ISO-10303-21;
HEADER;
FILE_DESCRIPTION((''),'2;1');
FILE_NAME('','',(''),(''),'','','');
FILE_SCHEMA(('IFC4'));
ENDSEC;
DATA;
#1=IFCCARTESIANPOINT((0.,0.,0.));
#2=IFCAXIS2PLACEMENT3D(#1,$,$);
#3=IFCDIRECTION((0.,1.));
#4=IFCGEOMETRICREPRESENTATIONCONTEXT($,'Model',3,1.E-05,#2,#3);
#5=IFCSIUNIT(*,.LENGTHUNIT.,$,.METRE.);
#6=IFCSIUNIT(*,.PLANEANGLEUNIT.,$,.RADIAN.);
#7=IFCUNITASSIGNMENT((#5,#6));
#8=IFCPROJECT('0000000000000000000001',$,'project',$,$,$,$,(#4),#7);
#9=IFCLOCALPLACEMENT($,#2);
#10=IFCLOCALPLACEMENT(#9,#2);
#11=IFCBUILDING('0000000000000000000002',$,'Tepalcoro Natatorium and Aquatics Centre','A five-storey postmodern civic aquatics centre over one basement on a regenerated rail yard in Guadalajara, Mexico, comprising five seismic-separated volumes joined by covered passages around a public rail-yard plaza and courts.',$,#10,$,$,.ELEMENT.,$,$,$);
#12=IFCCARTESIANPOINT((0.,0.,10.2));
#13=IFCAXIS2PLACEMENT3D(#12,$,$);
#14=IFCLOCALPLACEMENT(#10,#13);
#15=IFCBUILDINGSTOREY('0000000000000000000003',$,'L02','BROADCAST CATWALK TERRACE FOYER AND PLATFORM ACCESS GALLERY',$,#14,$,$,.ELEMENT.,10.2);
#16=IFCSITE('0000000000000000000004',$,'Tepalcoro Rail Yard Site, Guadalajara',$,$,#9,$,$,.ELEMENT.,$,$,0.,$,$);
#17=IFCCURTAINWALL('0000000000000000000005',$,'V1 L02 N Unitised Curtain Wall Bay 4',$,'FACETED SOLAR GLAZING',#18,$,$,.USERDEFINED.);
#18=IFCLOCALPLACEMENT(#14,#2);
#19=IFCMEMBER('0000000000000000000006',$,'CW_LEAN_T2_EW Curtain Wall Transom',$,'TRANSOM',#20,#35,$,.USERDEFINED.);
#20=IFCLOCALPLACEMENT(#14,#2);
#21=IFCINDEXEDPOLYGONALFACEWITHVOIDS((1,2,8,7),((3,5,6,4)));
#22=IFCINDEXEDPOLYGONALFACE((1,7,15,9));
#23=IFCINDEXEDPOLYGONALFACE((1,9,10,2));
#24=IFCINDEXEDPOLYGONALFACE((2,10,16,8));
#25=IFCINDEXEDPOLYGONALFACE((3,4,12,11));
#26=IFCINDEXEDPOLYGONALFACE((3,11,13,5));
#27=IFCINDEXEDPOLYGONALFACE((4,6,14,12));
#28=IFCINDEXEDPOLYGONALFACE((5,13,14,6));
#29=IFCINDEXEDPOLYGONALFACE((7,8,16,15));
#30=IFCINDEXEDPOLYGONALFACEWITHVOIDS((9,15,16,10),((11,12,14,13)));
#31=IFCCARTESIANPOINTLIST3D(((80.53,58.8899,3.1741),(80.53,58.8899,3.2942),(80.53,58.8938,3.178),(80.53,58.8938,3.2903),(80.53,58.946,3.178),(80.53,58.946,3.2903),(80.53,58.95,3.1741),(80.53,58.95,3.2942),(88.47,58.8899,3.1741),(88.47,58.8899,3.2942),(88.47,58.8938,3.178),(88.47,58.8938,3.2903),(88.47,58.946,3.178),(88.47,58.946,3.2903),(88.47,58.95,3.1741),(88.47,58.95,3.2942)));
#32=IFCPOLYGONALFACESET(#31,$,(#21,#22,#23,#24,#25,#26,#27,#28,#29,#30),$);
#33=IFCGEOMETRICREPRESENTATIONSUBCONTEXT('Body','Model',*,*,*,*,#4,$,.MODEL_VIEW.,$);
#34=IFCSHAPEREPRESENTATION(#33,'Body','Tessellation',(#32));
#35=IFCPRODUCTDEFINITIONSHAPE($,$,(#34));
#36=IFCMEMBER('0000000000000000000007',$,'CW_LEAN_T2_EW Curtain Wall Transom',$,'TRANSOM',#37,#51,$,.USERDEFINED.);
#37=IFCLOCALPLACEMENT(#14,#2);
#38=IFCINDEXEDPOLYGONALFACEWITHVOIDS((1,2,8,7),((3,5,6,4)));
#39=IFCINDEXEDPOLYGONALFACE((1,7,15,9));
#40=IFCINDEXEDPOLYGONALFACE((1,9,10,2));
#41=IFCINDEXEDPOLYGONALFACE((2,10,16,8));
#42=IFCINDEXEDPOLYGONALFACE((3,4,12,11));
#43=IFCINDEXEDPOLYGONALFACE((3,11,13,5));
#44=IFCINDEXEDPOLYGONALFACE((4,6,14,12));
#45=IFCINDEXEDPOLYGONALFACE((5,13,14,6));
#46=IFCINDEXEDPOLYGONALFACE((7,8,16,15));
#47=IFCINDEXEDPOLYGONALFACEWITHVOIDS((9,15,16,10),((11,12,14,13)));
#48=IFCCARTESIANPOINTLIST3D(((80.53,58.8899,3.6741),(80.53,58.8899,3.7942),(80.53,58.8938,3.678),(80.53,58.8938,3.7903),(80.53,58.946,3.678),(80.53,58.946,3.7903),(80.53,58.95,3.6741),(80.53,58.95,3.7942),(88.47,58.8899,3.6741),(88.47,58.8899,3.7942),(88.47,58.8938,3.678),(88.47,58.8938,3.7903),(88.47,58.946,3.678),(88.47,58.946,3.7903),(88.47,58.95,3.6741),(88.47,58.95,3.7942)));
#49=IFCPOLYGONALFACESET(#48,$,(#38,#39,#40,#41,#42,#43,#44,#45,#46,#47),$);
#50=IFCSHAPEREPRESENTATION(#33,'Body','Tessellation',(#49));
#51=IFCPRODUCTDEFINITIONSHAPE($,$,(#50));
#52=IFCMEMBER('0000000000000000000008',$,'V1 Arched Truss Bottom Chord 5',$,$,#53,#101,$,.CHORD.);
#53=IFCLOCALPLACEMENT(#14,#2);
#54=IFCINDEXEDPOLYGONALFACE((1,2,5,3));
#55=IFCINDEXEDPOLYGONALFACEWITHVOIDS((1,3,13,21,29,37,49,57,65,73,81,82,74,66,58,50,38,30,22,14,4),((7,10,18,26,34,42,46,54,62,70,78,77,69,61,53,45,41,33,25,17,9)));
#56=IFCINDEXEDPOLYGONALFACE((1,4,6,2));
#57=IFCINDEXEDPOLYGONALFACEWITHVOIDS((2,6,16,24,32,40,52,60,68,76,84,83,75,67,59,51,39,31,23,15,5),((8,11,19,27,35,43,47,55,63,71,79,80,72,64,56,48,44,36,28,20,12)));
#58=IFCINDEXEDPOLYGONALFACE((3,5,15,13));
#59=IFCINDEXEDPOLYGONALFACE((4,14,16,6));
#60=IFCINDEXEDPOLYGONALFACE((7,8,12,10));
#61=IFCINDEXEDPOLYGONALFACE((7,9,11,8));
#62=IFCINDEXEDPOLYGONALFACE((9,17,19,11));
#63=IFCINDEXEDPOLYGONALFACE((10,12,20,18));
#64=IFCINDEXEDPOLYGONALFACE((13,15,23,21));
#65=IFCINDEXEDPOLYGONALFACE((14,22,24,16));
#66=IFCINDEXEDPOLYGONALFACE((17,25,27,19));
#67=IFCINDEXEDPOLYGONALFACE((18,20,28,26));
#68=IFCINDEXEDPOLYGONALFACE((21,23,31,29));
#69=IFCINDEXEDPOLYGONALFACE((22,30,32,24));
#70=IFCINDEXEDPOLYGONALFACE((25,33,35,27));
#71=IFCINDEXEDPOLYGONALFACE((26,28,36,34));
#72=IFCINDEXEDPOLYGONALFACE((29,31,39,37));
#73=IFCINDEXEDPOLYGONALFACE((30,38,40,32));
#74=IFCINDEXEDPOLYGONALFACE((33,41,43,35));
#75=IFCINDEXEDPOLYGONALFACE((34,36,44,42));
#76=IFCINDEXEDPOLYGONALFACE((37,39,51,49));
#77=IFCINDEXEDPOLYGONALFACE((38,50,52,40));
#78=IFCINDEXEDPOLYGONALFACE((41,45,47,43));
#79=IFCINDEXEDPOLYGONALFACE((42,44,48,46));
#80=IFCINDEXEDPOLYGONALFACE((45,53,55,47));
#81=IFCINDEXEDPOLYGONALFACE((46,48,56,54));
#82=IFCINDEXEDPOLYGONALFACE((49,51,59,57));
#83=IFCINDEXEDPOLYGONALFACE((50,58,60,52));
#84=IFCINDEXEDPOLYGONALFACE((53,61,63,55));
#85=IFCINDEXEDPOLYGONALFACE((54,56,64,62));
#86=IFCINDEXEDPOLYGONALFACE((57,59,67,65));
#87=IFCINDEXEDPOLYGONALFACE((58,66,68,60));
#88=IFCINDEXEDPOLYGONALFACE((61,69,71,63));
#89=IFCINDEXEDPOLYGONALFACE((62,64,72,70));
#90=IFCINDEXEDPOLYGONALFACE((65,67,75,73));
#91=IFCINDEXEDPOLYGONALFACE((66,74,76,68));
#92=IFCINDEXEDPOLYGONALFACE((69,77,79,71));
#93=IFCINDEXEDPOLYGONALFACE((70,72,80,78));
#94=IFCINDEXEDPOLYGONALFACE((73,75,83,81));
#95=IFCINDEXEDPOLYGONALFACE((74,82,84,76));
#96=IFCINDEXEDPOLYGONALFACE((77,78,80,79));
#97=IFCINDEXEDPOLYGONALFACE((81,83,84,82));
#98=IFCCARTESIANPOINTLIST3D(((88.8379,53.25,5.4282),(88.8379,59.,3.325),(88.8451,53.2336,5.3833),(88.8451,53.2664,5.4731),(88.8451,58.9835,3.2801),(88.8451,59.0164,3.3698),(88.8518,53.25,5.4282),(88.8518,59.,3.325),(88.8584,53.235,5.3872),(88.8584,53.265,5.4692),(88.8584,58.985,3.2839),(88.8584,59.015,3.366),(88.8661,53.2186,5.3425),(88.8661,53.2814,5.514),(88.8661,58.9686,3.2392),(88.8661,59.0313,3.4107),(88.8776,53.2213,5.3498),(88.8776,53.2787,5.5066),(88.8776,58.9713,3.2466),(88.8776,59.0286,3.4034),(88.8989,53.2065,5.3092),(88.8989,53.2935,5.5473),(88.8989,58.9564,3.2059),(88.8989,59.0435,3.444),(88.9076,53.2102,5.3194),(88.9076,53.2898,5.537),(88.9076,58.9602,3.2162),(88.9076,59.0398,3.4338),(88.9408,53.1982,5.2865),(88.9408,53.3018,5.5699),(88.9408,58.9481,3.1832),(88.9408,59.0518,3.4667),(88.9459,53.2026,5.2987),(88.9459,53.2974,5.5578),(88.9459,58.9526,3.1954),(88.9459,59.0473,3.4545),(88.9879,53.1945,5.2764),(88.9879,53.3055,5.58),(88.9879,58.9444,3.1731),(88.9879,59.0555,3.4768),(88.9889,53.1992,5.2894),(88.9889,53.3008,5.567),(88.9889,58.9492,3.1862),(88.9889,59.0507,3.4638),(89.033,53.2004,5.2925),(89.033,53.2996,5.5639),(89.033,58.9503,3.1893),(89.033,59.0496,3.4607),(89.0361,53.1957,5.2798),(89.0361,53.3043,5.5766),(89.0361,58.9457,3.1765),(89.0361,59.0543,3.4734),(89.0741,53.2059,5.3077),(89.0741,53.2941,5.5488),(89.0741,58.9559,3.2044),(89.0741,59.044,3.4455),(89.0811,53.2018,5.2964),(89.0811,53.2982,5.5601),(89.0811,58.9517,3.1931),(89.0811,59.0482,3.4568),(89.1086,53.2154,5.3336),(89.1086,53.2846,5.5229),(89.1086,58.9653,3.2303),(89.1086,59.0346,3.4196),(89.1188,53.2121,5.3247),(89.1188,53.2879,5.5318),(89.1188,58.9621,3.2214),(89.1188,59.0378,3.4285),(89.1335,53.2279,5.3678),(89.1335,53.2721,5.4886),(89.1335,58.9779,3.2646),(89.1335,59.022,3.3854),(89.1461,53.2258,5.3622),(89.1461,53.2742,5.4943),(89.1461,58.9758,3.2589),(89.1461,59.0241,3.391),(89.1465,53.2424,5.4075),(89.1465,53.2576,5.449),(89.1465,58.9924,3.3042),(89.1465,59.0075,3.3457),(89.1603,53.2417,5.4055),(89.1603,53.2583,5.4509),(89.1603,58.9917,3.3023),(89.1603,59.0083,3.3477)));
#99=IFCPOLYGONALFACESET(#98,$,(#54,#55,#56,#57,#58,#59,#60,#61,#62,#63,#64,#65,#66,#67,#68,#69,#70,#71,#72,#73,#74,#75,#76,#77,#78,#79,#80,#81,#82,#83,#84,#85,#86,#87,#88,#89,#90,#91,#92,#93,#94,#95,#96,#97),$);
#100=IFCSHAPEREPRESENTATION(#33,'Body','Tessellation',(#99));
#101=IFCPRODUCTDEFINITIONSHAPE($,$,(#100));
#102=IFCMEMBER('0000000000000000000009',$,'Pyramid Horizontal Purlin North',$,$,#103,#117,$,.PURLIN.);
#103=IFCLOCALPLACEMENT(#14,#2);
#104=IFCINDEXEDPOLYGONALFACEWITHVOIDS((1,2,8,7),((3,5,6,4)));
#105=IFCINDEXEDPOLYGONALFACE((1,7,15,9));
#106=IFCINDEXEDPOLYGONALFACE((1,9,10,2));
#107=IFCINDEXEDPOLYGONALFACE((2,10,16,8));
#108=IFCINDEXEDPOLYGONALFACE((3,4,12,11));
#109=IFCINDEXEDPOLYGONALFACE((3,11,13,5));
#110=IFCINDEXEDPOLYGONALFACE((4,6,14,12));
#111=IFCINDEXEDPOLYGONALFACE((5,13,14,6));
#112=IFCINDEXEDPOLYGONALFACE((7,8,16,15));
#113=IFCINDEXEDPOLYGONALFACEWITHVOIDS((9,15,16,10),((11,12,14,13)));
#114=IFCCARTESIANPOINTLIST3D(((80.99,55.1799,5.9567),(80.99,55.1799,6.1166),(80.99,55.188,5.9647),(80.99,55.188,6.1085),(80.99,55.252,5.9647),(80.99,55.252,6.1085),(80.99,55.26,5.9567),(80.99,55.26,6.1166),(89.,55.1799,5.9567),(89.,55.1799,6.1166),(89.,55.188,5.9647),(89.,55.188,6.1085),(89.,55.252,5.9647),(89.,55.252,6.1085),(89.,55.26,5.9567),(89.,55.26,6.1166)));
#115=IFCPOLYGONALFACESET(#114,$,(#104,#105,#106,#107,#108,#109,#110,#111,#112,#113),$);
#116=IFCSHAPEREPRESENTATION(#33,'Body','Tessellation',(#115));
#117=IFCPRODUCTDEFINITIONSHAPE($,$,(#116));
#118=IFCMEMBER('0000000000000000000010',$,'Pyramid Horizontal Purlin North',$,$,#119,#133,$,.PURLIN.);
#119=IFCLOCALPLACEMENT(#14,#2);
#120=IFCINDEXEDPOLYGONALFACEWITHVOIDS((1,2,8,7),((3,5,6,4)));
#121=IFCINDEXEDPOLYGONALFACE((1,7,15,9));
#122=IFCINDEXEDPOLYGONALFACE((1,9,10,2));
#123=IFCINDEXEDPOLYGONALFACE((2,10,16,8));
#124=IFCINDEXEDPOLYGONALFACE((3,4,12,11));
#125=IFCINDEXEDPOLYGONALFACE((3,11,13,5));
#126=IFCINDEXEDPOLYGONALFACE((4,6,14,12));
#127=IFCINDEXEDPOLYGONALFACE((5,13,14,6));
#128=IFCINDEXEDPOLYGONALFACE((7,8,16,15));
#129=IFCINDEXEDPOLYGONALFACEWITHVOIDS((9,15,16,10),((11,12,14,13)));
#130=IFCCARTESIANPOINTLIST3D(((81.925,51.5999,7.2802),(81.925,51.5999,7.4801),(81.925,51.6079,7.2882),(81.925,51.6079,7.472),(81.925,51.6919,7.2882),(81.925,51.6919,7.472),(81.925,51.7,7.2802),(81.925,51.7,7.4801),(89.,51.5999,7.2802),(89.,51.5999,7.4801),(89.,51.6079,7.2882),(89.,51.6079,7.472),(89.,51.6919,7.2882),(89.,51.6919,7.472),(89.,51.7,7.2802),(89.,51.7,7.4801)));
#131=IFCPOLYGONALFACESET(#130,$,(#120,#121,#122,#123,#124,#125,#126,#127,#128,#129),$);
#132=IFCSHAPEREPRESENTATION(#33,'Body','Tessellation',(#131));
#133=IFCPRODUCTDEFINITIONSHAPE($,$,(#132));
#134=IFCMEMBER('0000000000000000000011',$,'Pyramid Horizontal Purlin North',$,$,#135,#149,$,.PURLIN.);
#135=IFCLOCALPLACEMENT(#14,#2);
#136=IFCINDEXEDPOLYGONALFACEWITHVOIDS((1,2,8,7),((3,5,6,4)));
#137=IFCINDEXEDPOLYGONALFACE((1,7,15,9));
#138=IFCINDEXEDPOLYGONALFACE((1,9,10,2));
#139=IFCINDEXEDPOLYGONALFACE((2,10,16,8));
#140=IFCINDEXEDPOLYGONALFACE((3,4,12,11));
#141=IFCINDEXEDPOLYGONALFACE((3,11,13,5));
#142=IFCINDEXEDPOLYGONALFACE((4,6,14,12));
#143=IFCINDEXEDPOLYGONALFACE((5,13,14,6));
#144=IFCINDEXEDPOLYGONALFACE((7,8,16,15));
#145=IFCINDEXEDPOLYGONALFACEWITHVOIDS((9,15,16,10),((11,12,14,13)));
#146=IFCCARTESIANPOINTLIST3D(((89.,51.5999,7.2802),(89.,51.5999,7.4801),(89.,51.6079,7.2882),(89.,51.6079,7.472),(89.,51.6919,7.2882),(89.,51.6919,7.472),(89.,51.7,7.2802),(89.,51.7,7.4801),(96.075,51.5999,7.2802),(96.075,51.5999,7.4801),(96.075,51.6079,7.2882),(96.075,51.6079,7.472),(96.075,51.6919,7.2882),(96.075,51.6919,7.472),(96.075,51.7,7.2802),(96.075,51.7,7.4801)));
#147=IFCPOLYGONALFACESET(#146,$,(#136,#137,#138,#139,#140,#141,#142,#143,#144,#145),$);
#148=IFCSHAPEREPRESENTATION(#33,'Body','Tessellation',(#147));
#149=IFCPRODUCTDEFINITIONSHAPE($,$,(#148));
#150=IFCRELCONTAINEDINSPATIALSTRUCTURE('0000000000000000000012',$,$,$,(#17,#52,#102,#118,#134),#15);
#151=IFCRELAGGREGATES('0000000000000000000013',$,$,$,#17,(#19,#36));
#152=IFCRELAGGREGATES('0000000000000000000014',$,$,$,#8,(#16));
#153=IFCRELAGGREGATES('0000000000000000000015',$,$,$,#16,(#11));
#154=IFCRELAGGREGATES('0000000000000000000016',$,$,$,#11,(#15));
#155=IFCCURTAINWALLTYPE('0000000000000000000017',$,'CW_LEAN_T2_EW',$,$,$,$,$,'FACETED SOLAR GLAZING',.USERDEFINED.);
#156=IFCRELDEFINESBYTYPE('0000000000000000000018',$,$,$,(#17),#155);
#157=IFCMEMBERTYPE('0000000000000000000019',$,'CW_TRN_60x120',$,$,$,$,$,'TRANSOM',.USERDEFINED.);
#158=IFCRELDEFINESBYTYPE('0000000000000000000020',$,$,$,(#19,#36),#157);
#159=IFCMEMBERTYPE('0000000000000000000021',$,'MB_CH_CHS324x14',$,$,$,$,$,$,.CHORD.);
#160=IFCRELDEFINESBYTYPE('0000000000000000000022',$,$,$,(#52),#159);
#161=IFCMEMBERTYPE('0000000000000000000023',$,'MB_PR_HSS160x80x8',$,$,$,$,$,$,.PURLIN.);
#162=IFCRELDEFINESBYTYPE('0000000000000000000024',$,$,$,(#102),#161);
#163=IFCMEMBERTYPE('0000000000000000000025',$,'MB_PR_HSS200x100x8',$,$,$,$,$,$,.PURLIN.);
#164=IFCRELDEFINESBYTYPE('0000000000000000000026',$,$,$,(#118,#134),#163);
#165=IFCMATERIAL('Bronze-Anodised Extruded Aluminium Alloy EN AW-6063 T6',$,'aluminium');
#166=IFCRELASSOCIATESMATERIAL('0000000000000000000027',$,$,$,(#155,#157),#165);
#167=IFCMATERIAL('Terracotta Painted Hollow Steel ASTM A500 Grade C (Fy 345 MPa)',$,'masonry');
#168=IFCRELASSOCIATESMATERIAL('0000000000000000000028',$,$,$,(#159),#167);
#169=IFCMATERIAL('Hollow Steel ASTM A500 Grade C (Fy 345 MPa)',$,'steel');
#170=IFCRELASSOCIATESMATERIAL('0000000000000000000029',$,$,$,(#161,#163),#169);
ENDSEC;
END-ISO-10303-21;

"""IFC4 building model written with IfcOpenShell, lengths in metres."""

from ifc_helpers import new_model, si_unit, direction, frame, origin, origin_2d, place, context, subcontext, project, spatial, hollow_rectangle, hollow_circle, extrude, material, material_profile, profile_set, type_object, element, aggregate, save


model = new_model("IFC4")

# Units and contexts
model_context = context("Model", 3, precision=1e-05, world=origin(), true_north=direction((0.0, 1.0)))
body_context = subcontext(model_context, "Body", "Model", "MODEL_VIEW")
ifc_project = project(units=[si_unit("LENGTHUNIT", "METRE"), si_unit("PLANEANGLEUNIT", "RADIAN")], contexts=[model_context])

# Site, building, storey
site_placement = place(None, origin())
site = spatial("IfcSite", under=ifc_project, at=site_placement, Name="Tepalcoro Rail Yard Site, Guadalajara", CompositionType="ELEMENT", RefElevation=0.0)
building_placement = place(site_placement, origin())
building = spatial("IfcBuilding", under=site, at=building_placement, Name="Tepalcoro Natatorium and Aquatics Centre", Description="A five-storey postmodern civic aquatics centre over one basement on a regenerated rail yard in Guadalajara, Mexico, comprising five seismic-separated volumes joined by covered passages around a public rail-yard plaza and courts.", CompositionType="ELEMENT")
storey_placement = place(building_placement, frame((0.0, 0.0, 10.2)))
storey = spatial("IfcBuildingStorey", under=building, at=storey_placement, Name="L02", Description="BROADCAST CATWALK TERRACE FOYER AND PLATFORM ACCESS GALLERY", CompositionType="ELEMENT", Elevation=10.2)

# Shared definitions
ifc_material_1 = material(Name="Terracotta Painted Hollow Steel ASTM A500 Grade C (Fy 345 MPa)", Category="masonry")

# Curtain wall, members
ifc_material_2 = material(Name="Bronze-Anodised Extruded Aluminium Alloy EN AW-6063 T6", Category="aluminium")
curtain_wall_type = type_object("IfcCurtainWallType", Name="CW_LEAN_T2_EW", ElementType="FACETED SOLAR GLAZING", PredefinedType="USERDEFINED", material=ifc_material_2)
curtain_wall_placement = place(storey_placement, origin())
curtain_wall = element("IfcCurtainWall", 1, at=curtain_wall_placement, inside=storey, type_object=curtain_wall_type, Name="V1 L02 N Unitised Curtain Wall Bay 4", ObjectType="FACETED SOLAR GLAZING", PredefinedType="USERDEFINED")
ifc_material_profile_1 = material_profile(ifc_material_2, hollow_rectangle(XDim=0.0601, YDim=0.1201, WallThickness=0.0039, at=origin_2d()), Name="AL60X120X4")
ifc_profile_set_1 = profile_set([ifc_material_profile_1], Name="Bronze-Anodised Extruded Aluminium Alloy EN AW-6063 T6")
member_type_1 = type_object("IfcMemberType", Name="CW_TRN_60x120", ElementType="TRANSOM", PredefinedType="USERDEFINED", material=ifc_profile_set_1)
member_1_placement = place(storey_placement, frame((80.53, 58.9199, 3.2341), z_axis=(1.0, 0.0, 0.0), x_axis=(0.0, 1.0, 0.0)))
member_1 = element("IfcMember", 2, at=member_1_placement, type_object=member_type_1, Name="CW_LEAN_T2_EW Curtain Wall Transom", ObjectType="TRANSOM", PredefinedType="USERDEFINED", context=body_context, shape_type="SweptSolid", body=[
    extrude(hollow_rectangle(XDim=0.0601, YDim=0.1201, WallThickness=0.0039, at=origin_2d()), origin(), (0.0, 0.0, 1.0), 7.9399),
])
member_2_placement = place(storey_placement, frame((80.53, 58.9199, 3.7341), z_axis=(1.0, 0.0, 0.0), x_axis=(0.0, 1.0, 0.0)))
member_2 = element("IfcMember", 3, at=member_2_placement, type_object=member_type_1, Name="CW_LEAN_T2_EW Curtain Wall Transom", ObjectType="TRANSOM", PredefinedType="USERDEFINED", context=body_context, shape_type="SweptSolid", body=[
    extrude(hollow_rectangle(XDim=0.0601, YDim=0.1201, WallThickness=0.0039, at=origin_2d()), origin(), (0.0, 0.0, 1.0), 7.9399),
])

# Members
ifc_material_profile_2 = material_profile(ifc_material_1, hollow_circle(Radius=0.1621, WallThickness=0.0139, at=origin_2d()), Name="CHS324X14")
ifc_profile_set_2 = profile_set([ifc_material_profile_2], Name="Terracotta Painted Hollow Steel ASTM A500 Grade C (Fy 345 MPa)")
member_type_2 = type_object("IfcMemberType", Name="MB_CH_CHS324x14", PredefinedType="CHORD", material=ifc_profile_set_2)
member_3_placement = place(storey_placement, frame((89.0, 53.25, 5.4282), z_axis=(0.0, 0.939143, -0.343526), x_axis=(-1.0, 0.0, 0.0)))
element("IfcMember", 4, at=member_3_placement, inside=storey, type_object=member_type_2, Name="V1 Arched Truss Bottom Chord 5", PredefinedType="CHORD", context=body_context, shape_type="SweptSolid", body=[
    extrude(hollow_circle(Radius=0.1621, WallThickness=0.0139, at=origin_2d()), origin(), (0.0, 0.0, 1.0), 6.1226),
])
ifc_material_3 = material(Name="Hollow Steel ASTM A500 Grade C (Fy 345 MPa)", Category="steel")
ifc_material_profile_3 = material_profile(ifc_material_3, hollow_rectangle(XDim=0.0801, YDim=0.1599, WallThickness=0.0081, at=origin_2d()), Name="HSS160X80X8")
ifc_profile_set_3 = profile_set([ifc_material_profile_3], Name="Hollow Steel ASTM A500 Grade C (Fy 345 MPa)")
member_type_3 = type_object("IfcMemberType", Name="MB_PR_HSS160x80x8", PredefinedType="PURLIN", material=ifc_profile_set_3)
member_4_placement = place(storey_placement, frame((80.99, 55.22, 6.0366), z_axis=(1.0, 0.0, 0.0), x_axis=(0.0, 1.0, 0.0)))
element("IfcMember", 5, at=member_4_placement, inside=storey, type_object=member_type_3, Name="Pyramid Horizontal Purlin North", PredefinedType="PURLIN", context=body_context, shape_type="SweptSolid", body=[
    extrude(hollow_rectangle(XDim=0.0801, YDim=0.1599, WallThickness=0.0081, at=origin_2d()), origin(), (0.0, 0.0, 1.0), 8.01),
])
ifc_material_profile_4 = material_profile(ifc_material_3, hollow_rectangle(XDim=0.1001, YDim=0.2, WallThickness=0.0081, at=origin_2d()), Name="HSS200X100X8")
ifc_profile_set_4 = profile_set([ifc_material_profile_4], Name="Hollow Steel ASTM A500 Grade C (Fy 345 MPa)")
member_type_4 = type_object("IfcMemberType", Name="MB_PR_HSS200x100x8", PredefinedType="PURLIN", material=ifc_profile_set_4)
for number, where, z_axis, x_axis, name in (
    (6, (81.925, 51.6499, 7.3801), (1.0, 0.0, 0.0), (0.0, 1.0, 0.0), "Pyramid Horizontal Purlin North"),
    (7, (89.0, 51.6499, 7.3801), (1.0, 0.0, 0.0), (0.0, 1.0, 0.0), "Pyramid Horizontal Purlin North"),
):
    element("IfcMember", number, at=place(storey_placement, frame(where, z_axis=z_axis, x_axis=x_axis)), inside=storey, type_object=member_type_4, Name=name, PredefinedType="PURLIN", context=body_context, shape_type="SweptSolid", body=[
        extrude(hollow_rectangle(XDim=0.1001, YDim=0.2, WallThickness=0.0081, at=origin_2d()), origin(), (0.0, 0.0, 1.0), 7.075),
    ])

aggregate(curtain_wall, [member_1, member_2])

save(model, "model.ifc")
